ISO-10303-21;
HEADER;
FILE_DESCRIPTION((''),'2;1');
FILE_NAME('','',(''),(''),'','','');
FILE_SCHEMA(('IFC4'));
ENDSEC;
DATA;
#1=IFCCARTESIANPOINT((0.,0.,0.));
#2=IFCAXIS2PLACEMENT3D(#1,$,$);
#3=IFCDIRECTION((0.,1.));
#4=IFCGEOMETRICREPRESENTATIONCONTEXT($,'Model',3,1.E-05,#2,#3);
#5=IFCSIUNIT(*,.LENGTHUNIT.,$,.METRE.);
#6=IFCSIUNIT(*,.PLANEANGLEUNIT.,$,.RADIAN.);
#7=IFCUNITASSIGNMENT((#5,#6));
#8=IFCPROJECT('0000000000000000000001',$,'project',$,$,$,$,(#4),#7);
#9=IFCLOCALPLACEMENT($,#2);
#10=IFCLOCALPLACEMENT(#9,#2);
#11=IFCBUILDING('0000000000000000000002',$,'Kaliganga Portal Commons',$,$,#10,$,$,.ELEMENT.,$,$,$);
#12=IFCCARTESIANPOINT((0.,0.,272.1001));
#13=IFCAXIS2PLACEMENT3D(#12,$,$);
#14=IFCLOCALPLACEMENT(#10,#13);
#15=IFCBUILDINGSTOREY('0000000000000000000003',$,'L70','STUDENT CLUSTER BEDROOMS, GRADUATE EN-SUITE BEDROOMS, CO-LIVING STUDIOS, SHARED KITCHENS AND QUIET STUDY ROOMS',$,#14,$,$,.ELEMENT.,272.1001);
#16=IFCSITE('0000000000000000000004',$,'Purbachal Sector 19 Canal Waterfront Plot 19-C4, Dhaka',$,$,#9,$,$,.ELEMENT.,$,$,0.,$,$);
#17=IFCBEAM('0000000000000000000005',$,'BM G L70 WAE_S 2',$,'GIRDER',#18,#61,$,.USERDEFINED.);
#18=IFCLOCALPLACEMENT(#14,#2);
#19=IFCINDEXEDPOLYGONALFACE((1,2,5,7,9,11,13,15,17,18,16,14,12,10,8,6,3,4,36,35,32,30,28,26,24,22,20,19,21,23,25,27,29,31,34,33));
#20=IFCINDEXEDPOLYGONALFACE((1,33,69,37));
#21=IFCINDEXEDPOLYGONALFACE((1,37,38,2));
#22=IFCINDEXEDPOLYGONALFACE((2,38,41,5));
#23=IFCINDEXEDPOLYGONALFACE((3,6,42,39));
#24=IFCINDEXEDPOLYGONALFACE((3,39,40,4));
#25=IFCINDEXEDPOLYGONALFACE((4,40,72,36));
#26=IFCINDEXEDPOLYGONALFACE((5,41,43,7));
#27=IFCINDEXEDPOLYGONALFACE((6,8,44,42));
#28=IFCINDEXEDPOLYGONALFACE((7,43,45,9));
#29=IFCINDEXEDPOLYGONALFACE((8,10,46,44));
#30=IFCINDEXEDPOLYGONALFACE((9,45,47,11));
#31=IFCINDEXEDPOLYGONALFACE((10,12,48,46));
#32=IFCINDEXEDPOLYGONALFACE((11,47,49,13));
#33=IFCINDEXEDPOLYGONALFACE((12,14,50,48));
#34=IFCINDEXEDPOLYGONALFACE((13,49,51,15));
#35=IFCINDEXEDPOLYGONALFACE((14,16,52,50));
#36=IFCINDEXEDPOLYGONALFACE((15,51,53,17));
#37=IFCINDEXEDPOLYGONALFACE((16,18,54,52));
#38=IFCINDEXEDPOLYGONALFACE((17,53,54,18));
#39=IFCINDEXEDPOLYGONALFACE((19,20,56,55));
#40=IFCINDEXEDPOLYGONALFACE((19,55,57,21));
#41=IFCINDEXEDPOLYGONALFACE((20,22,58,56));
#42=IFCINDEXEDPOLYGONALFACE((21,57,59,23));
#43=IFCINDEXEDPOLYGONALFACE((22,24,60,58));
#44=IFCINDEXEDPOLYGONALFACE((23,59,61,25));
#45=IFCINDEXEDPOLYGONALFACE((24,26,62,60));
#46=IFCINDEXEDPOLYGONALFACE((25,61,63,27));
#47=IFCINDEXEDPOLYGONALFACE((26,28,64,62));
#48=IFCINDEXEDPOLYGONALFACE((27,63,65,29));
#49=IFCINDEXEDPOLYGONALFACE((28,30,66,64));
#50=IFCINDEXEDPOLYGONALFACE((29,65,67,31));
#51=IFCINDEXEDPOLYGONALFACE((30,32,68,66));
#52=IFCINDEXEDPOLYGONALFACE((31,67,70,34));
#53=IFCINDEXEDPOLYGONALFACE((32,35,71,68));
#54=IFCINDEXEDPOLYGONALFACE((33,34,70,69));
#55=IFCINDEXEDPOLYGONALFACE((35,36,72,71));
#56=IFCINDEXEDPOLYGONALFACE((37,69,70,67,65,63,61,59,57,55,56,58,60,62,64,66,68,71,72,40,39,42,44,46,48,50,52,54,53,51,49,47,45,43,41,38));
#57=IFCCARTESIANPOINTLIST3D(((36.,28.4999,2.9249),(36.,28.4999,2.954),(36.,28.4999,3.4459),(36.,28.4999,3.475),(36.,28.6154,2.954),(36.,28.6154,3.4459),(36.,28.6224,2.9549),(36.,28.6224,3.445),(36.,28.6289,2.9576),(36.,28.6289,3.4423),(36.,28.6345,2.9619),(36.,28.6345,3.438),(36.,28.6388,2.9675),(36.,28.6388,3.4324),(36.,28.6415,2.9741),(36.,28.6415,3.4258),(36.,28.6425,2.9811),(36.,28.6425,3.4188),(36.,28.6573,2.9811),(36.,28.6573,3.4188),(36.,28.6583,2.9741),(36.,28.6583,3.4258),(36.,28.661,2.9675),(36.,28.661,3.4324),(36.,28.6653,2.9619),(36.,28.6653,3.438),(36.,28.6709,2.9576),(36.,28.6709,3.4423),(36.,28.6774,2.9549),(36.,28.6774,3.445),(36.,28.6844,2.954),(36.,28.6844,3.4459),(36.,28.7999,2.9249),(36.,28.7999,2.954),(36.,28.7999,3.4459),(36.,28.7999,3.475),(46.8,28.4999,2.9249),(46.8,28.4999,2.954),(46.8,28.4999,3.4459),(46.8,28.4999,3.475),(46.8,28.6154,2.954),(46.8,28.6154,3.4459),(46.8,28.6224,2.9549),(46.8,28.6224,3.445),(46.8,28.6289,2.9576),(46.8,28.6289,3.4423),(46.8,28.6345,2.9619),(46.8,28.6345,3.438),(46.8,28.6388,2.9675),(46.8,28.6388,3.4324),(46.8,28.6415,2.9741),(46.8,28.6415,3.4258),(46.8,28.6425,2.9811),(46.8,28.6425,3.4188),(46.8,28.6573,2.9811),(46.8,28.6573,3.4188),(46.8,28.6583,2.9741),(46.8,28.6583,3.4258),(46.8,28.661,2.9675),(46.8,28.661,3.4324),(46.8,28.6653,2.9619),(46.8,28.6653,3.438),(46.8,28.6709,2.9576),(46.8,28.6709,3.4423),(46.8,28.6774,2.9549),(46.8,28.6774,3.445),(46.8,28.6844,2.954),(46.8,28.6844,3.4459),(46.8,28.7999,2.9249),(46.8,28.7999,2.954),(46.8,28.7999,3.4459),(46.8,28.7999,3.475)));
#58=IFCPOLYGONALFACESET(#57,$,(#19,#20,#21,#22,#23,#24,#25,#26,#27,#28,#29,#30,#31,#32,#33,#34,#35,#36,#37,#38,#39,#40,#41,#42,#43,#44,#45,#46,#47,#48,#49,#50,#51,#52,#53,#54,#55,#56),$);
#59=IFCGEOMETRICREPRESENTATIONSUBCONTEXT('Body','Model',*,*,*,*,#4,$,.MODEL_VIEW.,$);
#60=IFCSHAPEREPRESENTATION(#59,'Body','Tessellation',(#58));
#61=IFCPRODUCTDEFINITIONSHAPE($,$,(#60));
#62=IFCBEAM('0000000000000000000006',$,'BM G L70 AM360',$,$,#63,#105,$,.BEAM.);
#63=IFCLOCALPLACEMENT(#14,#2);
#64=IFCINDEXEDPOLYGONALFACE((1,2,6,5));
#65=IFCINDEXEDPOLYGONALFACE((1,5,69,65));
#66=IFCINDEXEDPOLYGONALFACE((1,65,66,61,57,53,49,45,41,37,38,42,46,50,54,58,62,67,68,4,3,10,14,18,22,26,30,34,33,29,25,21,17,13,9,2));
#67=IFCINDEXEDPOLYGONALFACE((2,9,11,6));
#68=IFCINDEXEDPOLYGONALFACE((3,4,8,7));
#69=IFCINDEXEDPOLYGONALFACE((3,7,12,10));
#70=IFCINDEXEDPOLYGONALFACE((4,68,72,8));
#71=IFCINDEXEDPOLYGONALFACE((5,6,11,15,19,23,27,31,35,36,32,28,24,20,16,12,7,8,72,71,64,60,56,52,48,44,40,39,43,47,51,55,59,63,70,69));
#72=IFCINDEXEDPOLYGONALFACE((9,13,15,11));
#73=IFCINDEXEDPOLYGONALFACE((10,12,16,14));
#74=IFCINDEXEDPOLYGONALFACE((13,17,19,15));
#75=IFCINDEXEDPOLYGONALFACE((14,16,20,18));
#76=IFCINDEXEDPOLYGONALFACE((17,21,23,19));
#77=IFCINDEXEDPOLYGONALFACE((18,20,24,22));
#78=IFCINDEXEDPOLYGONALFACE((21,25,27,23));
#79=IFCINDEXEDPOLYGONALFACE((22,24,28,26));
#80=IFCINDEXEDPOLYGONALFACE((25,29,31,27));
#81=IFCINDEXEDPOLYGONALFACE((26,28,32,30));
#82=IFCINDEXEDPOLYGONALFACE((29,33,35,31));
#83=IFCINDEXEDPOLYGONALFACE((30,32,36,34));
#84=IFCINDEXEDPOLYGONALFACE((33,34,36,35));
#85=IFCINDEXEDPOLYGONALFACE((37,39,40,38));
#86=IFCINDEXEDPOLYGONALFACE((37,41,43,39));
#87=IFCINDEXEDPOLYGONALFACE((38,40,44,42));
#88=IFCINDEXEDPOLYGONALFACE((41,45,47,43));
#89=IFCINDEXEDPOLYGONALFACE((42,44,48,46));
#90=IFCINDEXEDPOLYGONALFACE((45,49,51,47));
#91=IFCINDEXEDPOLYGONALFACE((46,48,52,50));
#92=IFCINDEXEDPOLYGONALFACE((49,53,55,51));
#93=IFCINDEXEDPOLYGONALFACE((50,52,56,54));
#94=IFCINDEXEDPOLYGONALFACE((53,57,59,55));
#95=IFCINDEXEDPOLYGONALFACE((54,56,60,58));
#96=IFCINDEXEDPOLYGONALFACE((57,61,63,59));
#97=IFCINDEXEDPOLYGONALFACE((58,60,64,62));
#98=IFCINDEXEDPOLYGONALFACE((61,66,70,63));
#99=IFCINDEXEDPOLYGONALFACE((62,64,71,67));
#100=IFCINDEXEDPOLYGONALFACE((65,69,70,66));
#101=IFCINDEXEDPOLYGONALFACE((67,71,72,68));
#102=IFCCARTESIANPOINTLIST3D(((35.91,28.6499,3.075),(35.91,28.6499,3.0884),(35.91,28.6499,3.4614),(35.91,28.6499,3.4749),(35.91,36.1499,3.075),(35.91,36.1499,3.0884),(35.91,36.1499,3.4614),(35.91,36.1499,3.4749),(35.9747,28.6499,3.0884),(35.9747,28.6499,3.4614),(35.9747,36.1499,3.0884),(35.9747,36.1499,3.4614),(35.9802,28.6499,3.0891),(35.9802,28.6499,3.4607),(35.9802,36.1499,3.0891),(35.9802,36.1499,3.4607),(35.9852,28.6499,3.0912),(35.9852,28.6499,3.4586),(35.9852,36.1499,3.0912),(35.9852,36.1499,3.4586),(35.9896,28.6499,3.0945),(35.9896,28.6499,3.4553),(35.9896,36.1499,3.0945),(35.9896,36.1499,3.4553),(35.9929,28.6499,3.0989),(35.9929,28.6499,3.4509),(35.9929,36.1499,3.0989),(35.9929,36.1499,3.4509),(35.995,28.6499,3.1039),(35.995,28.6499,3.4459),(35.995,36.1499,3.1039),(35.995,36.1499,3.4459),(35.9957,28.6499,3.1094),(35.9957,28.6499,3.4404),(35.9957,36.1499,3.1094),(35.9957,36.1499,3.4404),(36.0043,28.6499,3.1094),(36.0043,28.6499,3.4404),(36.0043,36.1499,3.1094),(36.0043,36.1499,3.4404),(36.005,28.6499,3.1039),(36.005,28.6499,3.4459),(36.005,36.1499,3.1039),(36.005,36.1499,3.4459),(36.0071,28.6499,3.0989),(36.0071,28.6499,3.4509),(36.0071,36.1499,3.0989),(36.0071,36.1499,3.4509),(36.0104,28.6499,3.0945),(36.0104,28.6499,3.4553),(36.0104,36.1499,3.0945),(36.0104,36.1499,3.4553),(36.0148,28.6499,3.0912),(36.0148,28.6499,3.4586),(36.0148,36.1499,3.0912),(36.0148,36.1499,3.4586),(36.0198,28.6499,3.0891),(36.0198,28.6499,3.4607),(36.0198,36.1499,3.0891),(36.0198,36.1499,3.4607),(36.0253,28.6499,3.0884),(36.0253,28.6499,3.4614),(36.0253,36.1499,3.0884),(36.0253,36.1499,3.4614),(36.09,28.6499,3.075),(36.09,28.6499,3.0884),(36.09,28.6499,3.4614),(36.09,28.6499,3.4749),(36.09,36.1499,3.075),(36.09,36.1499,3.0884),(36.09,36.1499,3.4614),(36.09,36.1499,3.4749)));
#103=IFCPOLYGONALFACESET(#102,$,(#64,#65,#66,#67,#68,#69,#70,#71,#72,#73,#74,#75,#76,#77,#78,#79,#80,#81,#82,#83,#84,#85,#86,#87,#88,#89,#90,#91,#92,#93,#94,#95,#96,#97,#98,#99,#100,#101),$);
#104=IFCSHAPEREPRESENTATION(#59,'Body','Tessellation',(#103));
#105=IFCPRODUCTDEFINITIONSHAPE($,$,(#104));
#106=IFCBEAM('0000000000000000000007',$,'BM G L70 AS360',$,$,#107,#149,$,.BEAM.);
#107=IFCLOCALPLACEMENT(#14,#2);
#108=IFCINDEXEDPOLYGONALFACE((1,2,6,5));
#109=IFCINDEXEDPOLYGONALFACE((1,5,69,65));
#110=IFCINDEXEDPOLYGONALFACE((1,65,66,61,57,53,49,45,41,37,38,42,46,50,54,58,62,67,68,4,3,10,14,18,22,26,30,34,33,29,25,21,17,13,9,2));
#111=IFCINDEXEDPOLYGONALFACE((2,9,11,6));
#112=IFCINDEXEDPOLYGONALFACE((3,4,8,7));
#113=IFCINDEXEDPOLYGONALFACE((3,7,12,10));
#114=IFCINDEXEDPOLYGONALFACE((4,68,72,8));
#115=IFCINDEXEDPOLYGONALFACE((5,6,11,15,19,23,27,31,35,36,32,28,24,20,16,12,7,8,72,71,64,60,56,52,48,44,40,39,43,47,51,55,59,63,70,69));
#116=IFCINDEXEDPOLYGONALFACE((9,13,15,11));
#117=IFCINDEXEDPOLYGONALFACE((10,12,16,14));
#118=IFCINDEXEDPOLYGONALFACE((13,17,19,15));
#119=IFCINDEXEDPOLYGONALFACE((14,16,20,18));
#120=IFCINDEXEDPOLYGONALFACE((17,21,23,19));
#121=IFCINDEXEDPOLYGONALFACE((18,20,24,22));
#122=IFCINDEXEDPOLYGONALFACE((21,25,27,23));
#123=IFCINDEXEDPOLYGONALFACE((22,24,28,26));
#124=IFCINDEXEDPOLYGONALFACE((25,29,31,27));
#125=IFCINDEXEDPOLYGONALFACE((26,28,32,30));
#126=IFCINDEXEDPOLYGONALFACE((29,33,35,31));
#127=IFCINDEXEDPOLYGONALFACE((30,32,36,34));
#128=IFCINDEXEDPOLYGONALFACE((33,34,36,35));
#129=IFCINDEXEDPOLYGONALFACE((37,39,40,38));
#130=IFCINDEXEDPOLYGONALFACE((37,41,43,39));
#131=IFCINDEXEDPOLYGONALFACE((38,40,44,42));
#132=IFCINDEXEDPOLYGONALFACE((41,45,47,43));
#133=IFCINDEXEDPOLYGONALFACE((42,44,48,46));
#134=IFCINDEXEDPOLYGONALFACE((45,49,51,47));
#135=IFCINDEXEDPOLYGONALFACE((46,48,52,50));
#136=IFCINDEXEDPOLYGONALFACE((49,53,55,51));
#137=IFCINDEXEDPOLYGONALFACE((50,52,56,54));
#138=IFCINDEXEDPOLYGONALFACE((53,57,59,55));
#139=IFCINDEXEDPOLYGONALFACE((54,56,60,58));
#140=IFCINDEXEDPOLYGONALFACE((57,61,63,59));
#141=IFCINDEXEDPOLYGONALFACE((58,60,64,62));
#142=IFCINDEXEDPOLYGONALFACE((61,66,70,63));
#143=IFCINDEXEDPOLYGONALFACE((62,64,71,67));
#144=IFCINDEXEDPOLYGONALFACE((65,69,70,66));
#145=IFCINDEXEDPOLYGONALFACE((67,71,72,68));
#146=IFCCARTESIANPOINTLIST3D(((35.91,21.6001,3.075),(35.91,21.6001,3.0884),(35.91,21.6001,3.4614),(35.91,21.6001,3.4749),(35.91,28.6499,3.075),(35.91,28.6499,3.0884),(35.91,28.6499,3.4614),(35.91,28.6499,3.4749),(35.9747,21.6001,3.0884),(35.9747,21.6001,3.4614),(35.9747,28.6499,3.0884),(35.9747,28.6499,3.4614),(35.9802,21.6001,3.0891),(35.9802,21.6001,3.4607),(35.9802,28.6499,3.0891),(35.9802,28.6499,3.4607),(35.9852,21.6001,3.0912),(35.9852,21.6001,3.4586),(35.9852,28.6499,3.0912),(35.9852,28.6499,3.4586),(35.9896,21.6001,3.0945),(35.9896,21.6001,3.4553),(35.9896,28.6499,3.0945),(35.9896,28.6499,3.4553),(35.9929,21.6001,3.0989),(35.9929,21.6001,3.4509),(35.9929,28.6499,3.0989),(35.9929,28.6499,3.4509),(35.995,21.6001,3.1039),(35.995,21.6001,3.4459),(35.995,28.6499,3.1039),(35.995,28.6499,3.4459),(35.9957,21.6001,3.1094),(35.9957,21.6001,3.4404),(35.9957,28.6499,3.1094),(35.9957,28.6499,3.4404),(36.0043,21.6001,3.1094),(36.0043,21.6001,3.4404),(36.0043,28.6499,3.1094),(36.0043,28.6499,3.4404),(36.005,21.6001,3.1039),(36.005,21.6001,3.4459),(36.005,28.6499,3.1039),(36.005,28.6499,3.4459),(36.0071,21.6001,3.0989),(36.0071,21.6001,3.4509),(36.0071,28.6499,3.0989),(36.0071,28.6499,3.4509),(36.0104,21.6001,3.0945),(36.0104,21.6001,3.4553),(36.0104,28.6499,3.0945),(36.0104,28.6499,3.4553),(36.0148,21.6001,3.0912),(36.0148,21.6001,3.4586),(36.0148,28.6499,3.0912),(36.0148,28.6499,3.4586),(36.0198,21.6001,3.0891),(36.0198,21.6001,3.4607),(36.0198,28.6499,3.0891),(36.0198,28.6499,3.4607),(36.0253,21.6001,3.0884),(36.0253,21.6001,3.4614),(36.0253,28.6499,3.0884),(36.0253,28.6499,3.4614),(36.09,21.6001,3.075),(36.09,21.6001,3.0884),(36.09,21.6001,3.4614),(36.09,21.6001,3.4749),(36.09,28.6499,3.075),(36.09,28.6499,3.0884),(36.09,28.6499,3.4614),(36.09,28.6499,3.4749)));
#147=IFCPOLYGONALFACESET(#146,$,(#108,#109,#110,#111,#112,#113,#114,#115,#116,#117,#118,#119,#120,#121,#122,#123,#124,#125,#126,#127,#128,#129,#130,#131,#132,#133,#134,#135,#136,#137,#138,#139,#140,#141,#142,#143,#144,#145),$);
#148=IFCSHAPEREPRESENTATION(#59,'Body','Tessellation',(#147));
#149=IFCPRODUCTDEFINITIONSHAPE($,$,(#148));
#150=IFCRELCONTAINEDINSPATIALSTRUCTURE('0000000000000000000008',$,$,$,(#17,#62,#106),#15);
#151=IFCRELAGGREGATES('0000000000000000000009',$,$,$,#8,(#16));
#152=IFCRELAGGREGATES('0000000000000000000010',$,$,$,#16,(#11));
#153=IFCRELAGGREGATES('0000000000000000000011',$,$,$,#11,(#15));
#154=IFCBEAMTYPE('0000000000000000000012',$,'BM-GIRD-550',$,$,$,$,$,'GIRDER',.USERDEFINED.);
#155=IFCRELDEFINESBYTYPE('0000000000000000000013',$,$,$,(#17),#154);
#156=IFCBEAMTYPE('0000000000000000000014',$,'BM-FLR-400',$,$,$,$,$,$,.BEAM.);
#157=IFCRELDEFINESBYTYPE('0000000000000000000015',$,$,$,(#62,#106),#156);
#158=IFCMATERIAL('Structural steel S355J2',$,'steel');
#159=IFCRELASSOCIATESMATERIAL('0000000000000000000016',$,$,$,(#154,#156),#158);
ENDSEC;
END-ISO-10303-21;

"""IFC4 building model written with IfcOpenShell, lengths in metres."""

from ifc_helpers import new_model, si_unit, direction, frame, origin, origin_2d, place, context, subcontext, project, spatial, i_section, extrude, source, transform, mapped, material, material_profile, profile_set, type_object, element, save


model = new_model("IFC4")

# Units and contexts
model_context = context("Model", 3, precision=1e-05, world=origin(), true_north=direction((0.0, 1.0)))
body_context = subcontext(model_context, "Body", "Model", "MODEL_VIEW")
ifc_project = project(units=[si_unit("LENGTHUNIT", "METRE"), si_unit("PLANEANGLEUNIT", "RADIAN")], contexts=[model_context])

# Site, building, storey
site_placement = place(None, origin())
site = spatial("IfcSite", under=ifc_project, at=site_placement, Name="Purbachal Sector 19 Canal Waterfront Plot 19-C4, Dhaka", CompositionType="ELEMENT", RefElevation=0.0)
building_placement = place(site_placement, origin())
building = spatial("IfcBuilding", under=site, at=building_placement, Name="Kaliganga Portal Commons", CompositionType="ELEMENT")
storey_placement = place(building_placement, frame((0.0, 0.0, 272.1001)))
storey = spatial("IfcBuildingStorey", under=building, at=storey_placement, Name="L70", Description="STUDENT CLUSTER BEDROOMS, GRADUATE EN-SUITE BEDROOMS, CO-LIVING STUDIOS, SHARED KITCHENS AND QUIET STUDY ROOMS", CompositionType="ELEMENT", Elevation=272.1001)

# Shared definitions
ifc_material_1 = material(Name="Structural steel S355J2", Category="steel")

# Beams
ifc_material_profile_1 = material_profile(ifc_material_1, i_section(OverallWidth=0.3, OverallDepth=0.55, WebThickness=0.0149, FlangeThickness=0.0291, FilletRadius=0.0271, at=origin_2d()), Name="HE 550 B")
ifc_profile_set_1 = profile_set([ifc_material_profile_1], Name="Structural steel S355J2 wide-flange")
beam_type_1 = type_object("IfcBeamType", Name="BM-GIRD-550", ElementType="GIRDER", PredefinedType="USERDEFINED", material=ifc_profile_set_1)
shared_shape_1 = source(origin(), body_context, "Body", "SweptSolid", [
    extrude(i_section(OverallWidth=0.3, OverallDepth=0.55, WebThickness=0.0149, FlangeThickness=0.0291, FilletRadius=0.0271, at=origin_2d()), origin(), (0.0, 0.0, 1.0), 10.8),
])
beam_1_placement = place(storey_placement, frame((36.0, 28.6499, 3.2), z_axis=(1.0, 0.0, 0.0), x_axis=(0.0, 1.0, 0.0)))
element("IfcBeam", 1, at=beam_1_placement, inside=storey, type_object=beam_type_1, Name="BM G L70 WAE_S 2", ObjectType="GIRDER", PredefinedType="USERDEFINED", context=body_context, shape_type="MappedRepresentation", body=[
    mapped(shared_shape_1, transform((0.0, 0.0, 0.0), x_axis=(1.0, 0.0, 0.0), y_axis=(0.0, 1.0, 0.0), z_axis=(0.0, 0.0, 1.0), scale=1.0)),
])
ifc_material_profile_2 = material_profile(ifc_material_1, i_section(OverallWidth=0.1799, OverallDepth=0.3999, WebThickness=0.0085, FlangeThickness=0.0134, FilletRadius=0.021, at=origin_2d()), Name="IPE 400")
ifc_profile_set_2 = profile_set([ifc_material_profile_2], Name="Structural steel S355J2 wide-flange")
beam_type_2 = type_object("IfcBeamType", Name="BM-FLR-400", PredefinedType="BEAM", material=ifc_profile_set_2)
shared_shape_2 = source(origin(), body_context, "Body", "SweptSolid", [
    extrude(i_section(OverallWidth=0.1799, OverallDepth=0.3999, WebThickness=0.0085, FlangeThickness=0.0134, FilletRadius=0.021, at=origin_2d()), origin(), (0.0, 0.0, 1.0), 7.5),
])
beam_2_placement = place(storey_placement, frame((36.0, 28.6499, 3.2749), z_axis=(0.0, 1.0, 0.0), x_axis=(-1.0, 0.0, 0.0)))
element("IfcBeam", 2, at=beam_2_placement, inside=storey, type_object=beam_type_2, Name="BM G L70 AM360", PredefinedType="BEAM", context=body_context, shape_type="MappedRepresentation", body=[
    mapped(shared_shape_2, transform((0.0, 0.0, 0.0), x_axis=(1.0, 0.0, 0.0), y_axis=(0.0, 1.0, 0.0), z_axis=(0.0, 0.0, 1.0), scale=1.0)),
])
shared_shape_3 = source(origin(), body_context, "Body", "SweptSolid", [
    extrude(i_section(OverallWidth=0.1799, OverallDepth=0.3999, WebThickness=0.0085, FlangeThickness=0.0134, FilletRadius=0.021, at=origin_2d()), origin(), (0.0, 0.0, 1.0), 7.0498),
])
beam_3_placement = place(storey_placement, frame((36.0, 21.6001, 3.2749), z_axis=(0.0, 1.0, 0.0), x_axis=(-1.0, 0.0, 0.0)))
element("IfcBeam", 3, at=beam_3_placement, inside=storey, type_object=beam_type_2, Name="BM G L70 AS360", PredefinedType="BEAM", context=body_context, shape_type="MappedRepresentation", body=[
    mapped(shared_shape_3, transform((0.0, 0.0, 0.0), x_axis=(1.0, 0.0, 0.0), y_axis=(0.0, 1.0, 0.0), z_axis=(0.0, 0.0, 1.0), scale=1.0)),
])

save(model, "model.ifc")
